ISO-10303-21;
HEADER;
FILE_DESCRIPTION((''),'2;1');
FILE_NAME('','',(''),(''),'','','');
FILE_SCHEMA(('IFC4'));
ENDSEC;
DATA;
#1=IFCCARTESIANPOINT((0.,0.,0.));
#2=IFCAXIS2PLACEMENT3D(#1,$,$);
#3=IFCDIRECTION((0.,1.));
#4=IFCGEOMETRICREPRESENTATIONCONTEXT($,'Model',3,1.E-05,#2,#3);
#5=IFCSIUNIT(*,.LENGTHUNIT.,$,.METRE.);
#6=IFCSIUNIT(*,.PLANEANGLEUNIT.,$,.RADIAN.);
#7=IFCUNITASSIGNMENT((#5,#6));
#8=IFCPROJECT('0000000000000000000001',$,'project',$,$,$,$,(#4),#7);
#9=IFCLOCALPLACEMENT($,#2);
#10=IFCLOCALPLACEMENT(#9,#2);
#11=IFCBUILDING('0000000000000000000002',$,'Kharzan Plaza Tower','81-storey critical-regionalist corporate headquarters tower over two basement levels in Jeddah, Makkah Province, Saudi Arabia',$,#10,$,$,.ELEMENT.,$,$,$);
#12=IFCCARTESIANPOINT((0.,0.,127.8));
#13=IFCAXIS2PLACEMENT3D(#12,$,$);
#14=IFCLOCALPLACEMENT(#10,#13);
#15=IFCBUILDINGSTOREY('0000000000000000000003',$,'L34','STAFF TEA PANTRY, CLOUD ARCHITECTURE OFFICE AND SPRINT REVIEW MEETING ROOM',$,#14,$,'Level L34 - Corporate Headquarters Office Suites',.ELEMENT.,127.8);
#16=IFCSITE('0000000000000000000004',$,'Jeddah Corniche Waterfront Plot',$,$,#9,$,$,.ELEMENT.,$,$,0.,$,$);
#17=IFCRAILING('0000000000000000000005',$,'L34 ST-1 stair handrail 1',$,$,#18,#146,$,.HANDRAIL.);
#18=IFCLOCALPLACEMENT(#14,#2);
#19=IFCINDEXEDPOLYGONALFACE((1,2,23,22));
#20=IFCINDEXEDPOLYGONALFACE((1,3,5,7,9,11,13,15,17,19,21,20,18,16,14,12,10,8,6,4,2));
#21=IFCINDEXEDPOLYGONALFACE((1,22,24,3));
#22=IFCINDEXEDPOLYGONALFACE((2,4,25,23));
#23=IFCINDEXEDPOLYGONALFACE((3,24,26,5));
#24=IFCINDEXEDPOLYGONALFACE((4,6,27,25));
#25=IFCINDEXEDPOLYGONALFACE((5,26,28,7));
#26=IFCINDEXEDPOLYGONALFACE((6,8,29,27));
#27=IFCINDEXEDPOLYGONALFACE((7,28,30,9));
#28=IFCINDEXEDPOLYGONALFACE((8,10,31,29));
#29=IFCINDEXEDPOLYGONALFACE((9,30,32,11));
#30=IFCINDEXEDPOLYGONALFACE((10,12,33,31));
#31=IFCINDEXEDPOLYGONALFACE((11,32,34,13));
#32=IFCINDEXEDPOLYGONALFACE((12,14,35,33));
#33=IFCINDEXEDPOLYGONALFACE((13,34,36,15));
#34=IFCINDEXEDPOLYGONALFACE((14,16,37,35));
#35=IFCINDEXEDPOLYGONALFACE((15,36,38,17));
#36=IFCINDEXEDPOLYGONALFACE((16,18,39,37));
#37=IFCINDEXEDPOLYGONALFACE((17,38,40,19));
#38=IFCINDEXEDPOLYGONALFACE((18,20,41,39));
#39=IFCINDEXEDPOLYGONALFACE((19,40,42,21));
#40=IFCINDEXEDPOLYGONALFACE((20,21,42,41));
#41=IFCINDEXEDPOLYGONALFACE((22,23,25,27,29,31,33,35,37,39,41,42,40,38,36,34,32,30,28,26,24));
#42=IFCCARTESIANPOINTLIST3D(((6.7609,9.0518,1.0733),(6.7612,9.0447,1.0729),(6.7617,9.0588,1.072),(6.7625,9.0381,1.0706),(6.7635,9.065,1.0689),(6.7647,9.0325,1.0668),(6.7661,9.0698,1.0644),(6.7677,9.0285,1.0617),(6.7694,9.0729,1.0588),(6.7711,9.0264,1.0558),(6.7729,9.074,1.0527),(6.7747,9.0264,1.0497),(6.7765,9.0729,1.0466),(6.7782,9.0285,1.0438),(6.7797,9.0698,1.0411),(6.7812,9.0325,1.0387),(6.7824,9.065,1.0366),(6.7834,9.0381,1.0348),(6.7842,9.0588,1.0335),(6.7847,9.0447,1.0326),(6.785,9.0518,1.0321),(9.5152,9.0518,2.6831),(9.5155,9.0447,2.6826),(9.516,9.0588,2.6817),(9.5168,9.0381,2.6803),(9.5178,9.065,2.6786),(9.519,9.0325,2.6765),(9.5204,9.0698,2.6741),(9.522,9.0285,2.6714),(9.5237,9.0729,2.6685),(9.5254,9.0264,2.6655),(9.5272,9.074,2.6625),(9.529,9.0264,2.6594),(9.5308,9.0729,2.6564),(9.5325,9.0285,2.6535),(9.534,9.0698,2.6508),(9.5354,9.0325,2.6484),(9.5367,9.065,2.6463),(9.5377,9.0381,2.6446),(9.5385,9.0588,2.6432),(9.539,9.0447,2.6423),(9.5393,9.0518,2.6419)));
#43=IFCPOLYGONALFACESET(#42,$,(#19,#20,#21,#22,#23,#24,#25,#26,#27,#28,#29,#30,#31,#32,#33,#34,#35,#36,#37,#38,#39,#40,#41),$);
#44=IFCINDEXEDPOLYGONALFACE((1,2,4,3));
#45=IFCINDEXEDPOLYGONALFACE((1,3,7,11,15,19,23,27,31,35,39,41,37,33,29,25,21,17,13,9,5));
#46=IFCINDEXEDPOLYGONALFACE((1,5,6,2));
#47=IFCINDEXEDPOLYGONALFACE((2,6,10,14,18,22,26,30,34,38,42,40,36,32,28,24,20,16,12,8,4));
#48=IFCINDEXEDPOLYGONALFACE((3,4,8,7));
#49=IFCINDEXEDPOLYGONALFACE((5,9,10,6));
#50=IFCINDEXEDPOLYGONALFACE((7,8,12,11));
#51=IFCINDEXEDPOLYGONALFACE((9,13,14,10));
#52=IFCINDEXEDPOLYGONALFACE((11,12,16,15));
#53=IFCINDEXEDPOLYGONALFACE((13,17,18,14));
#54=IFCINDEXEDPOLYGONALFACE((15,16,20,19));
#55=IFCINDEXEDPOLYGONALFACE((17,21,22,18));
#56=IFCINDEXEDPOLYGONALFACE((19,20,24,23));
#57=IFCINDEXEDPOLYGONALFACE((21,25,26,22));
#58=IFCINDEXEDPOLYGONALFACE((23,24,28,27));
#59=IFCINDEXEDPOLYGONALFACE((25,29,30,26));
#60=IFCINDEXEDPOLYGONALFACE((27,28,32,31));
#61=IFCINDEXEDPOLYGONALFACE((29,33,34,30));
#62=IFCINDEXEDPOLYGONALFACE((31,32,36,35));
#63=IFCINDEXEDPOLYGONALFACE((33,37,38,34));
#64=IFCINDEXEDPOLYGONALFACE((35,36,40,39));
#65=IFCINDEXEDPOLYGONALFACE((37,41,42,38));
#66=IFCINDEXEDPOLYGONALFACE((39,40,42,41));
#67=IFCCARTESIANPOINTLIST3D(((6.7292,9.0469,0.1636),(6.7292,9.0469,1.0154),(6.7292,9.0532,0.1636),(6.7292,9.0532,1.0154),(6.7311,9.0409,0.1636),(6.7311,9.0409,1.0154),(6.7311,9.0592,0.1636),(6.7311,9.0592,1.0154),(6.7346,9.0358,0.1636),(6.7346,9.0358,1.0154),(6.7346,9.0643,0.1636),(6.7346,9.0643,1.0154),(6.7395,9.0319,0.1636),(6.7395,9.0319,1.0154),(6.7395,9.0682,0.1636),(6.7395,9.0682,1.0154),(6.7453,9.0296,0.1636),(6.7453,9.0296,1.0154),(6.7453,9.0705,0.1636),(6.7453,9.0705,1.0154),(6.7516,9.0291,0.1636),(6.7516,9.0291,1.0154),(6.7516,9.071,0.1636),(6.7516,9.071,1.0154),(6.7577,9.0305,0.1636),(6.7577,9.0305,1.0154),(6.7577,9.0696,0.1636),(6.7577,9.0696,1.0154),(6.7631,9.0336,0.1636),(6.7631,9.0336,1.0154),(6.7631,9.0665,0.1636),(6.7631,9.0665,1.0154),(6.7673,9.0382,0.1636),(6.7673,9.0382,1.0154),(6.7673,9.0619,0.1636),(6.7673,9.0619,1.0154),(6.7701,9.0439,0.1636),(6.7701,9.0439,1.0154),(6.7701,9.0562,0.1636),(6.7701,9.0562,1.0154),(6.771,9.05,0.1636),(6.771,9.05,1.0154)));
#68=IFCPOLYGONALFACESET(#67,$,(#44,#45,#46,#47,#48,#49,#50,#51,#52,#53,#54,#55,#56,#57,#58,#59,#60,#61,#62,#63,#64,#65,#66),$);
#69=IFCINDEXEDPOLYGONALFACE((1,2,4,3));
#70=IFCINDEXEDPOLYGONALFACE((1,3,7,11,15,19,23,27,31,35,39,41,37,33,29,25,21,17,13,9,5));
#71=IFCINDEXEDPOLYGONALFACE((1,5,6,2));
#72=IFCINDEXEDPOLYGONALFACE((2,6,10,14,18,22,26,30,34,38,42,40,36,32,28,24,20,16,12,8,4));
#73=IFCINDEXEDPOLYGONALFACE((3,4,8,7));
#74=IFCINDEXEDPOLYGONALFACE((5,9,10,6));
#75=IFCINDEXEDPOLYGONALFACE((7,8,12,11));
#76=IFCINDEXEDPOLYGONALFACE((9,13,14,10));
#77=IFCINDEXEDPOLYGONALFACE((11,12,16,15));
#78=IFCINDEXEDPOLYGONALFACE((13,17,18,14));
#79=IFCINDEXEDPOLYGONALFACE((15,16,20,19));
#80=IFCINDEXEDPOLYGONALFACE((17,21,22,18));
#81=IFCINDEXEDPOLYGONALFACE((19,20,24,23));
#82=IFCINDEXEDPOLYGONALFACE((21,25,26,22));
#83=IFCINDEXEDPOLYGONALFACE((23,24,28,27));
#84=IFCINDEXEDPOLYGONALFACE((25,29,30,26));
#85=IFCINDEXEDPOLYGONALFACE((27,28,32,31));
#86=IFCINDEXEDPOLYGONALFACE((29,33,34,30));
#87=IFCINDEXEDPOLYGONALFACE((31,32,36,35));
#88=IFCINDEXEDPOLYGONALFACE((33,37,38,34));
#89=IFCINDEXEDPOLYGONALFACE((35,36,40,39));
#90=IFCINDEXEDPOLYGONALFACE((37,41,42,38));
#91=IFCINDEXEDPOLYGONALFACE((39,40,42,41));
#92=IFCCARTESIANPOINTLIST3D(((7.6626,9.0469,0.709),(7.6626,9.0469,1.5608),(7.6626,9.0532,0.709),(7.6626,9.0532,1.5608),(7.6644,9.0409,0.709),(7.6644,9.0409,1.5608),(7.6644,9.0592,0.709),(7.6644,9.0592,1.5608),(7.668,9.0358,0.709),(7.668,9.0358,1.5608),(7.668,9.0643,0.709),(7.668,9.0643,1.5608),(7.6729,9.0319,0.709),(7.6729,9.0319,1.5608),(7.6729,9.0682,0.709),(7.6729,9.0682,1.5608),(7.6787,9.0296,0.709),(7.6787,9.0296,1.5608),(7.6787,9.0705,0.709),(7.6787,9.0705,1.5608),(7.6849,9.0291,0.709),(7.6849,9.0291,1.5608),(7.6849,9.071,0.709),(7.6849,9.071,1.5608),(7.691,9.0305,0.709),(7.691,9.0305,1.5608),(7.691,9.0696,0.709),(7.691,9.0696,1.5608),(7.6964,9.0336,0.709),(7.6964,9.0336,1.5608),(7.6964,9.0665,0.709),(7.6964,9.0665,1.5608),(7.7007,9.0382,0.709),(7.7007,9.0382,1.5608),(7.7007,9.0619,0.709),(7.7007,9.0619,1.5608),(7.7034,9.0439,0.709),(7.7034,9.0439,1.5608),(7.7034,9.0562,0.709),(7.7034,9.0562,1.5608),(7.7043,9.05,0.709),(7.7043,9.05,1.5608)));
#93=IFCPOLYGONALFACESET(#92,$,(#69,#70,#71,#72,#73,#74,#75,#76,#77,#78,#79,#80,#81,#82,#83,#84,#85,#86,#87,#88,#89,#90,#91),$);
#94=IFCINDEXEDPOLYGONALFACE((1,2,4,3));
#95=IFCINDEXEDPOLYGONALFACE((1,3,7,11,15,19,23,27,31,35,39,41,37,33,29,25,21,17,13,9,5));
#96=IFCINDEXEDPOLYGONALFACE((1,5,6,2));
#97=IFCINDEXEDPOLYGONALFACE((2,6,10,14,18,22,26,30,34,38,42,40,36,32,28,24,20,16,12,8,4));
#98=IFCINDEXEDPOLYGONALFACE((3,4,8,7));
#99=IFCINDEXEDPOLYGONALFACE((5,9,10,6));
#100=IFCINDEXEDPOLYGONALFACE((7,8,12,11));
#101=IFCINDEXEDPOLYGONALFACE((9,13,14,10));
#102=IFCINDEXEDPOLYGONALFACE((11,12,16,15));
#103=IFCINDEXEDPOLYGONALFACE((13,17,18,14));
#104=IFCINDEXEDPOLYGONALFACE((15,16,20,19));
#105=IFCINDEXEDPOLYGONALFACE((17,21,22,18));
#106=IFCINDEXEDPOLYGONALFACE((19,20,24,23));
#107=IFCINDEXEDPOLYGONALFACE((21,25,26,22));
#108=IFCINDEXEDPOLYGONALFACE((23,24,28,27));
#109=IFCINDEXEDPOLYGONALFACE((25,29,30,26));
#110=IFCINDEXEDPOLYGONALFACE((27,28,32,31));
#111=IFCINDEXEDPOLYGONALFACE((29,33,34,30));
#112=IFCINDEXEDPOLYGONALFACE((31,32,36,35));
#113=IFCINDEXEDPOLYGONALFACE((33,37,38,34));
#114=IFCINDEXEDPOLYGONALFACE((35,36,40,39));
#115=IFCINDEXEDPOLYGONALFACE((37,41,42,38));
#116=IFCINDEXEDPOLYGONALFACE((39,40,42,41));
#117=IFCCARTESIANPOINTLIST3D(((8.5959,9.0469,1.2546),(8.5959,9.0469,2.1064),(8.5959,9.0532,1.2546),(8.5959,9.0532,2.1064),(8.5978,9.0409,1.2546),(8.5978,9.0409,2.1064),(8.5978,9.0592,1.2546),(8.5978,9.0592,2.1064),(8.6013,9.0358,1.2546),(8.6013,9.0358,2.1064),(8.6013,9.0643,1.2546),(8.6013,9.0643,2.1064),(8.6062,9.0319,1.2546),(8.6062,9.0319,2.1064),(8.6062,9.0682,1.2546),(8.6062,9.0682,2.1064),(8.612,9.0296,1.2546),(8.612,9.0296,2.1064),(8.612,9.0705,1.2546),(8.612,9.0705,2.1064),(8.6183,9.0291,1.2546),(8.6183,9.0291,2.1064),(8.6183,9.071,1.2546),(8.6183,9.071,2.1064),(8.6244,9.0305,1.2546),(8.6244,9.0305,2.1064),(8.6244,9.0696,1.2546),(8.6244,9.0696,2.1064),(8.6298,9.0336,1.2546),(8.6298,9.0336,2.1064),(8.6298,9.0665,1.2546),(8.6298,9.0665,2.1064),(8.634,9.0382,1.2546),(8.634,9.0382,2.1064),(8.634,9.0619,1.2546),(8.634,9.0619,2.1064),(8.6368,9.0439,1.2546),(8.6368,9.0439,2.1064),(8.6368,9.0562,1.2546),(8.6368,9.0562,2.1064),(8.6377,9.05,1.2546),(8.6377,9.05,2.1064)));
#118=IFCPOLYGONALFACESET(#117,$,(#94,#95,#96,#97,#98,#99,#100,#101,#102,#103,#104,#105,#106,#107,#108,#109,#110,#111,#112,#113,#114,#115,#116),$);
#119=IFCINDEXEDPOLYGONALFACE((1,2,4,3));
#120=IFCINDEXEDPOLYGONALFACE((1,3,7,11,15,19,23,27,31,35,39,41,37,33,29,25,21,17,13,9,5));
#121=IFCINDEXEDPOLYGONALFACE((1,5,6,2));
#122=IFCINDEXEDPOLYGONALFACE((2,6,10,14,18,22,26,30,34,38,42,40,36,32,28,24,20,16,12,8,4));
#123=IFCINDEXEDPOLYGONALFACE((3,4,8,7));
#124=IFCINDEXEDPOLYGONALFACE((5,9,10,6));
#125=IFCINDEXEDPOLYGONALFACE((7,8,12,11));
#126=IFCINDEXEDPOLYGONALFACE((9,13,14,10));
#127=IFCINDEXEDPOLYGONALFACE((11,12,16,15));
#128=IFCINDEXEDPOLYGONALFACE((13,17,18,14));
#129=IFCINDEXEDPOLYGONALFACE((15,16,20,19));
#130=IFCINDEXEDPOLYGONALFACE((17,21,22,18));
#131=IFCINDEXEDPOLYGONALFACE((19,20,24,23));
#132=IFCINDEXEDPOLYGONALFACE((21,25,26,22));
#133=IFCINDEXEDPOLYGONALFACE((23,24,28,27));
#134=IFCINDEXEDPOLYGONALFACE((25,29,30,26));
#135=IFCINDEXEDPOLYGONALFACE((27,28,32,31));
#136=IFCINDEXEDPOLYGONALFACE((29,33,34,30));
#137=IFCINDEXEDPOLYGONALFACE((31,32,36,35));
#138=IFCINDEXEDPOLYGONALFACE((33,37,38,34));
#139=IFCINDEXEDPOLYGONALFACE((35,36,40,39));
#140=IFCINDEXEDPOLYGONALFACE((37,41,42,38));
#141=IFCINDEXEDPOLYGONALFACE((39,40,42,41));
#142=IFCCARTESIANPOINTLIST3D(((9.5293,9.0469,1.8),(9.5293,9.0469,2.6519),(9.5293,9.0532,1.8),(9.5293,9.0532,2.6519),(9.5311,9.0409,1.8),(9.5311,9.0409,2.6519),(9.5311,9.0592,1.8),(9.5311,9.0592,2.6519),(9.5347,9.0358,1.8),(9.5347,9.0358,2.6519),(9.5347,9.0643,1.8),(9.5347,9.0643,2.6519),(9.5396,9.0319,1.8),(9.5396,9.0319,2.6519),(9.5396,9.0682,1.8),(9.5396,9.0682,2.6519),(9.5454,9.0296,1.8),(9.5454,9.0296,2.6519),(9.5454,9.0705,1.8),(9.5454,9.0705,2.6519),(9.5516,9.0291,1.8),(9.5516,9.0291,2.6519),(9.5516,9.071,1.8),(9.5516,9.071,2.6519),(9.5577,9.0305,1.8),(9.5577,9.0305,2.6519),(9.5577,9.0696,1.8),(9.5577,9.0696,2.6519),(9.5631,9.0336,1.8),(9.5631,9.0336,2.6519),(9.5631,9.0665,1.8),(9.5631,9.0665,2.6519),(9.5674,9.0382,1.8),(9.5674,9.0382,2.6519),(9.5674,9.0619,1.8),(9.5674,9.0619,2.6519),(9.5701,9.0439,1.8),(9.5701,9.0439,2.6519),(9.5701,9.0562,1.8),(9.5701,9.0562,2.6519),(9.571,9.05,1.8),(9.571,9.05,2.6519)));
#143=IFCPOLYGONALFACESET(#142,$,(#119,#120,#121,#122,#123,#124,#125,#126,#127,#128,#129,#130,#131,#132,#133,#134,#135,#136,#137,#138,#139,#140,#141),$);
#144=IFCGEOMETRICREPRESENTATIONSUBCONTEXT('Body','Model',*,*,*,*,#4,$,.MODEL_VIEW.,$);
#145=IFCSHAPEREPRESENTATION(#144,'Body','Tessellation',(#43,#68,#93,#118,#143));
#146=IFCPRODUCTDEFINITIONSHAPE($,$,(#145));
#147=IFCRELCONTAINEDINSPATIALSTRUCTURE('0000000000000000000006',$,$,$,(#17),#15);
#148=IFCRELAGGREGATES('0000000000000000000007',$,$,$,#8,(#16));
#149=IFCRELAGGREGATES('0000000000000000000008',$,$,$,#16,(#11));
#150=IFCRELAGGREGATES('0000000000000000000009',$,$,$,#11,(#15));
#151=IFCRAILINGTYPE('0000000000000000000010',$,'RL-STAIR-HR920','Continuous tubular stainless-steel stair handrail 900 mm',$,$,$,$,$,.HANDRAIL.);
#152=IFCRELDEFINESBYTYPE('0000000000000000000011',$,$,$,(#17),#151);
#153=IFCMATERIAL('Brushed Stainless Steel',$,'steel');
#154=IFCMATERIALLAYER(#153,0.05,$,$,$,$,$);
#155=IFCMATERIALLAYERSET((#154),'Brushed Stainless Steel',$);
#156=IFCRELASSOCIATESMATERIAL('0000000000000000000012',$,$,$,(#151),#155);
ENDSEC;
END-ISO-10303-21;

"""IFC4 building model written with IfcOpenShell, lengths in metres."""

from ifc_helpers import new_model, si_unit, direction, frame, origin, origin_2d, place, context, subcontext, project, spatial, circle, extrude, source, transform, mapped, material, layer, layer_set, type_object, element, save


model = new_model("IFC4")

# Units and contexts
model_context = context("Model", 3, precision=1e-05, world=origin(), true_north=direction((0.0, 1.0)))
body_context = subcontext(model_context, "Body", "Model", "MODEL_VIEW")
ifc_project = project(units=[si_unit("LENGTHUNIT", "METRE"), si_unit("PLANEANGLEUNIT", "RADIAN")], contexts=[model_context])

# Site, building, storey
site_placement = place(None, origin())
site = spatial("IfcSite", under=ifc_project, at=site_placement, Name="Jeddah Corniche Waterfront Plot", CompositionType="ELEMENT", RefElevation=0.0)
building_placement = place(site_placement, origin())
building = spatial("IfcBuilding", under=site, at=building_placement, Name="Kharzan Plaza Tower", Description="81-storey critical-regionalist corporate headquarters tower over two basement levels in Jeddah, Makkah Province, Saudi Arabia", CompositionType="ELEMENT")
storey_placement = place(building_placement, frame((0.0, 0.0, 127.8)))
storey = spatial("IfcBuildingStorey", under=building, at=storey_placement, Name="L34", Description="STAFF TEA PANTRY, CLOUD ARCHITECTURE OFFICE AND SPRINT REVIEW MEETING ROOM", LongName="Level L34 - Corporate Headquarters Office Suites", CompositionType="ELEMENT", Elevation=127.8)

# Railing
ifc_material_1 = material(Name="Brushed Stainless Steel", Category="steel")
ifc_layer_1 = layer(ifc_material_1, 0.05)
ifc_layer_set_1 = layer_set([ifc_layer_1], Name="Brushed Stainless Steel")
railing_type_1 = type_object("IfcRailingType", Name="RL-STAIR-HR920", Description="Continuous tubular stainless-steel stair handrail 900 mm", PredefinedType="HANDRAIL", material=ifc_layer_set_1)
shared_shape_1 = source(origin(), body_context, "Body", "SweptSolid", [
    extrude(circle(Radius=0.0239, at=origin_2d()), frame((0.0229, 0.0, 0.8892), z_axis=(0.863361, 0.0, 0.504587), x_axis=(0.0, 1.0, 0.0)), (0.0, 0.0, 1.0), 3.1902),
    extrude(circle(Radius=0.021, at=origin_2d()), origin(), (0.0, 0.0, 1.0), 0.8518),
    extrude(circle(Radius=0.021, at=origin_2d()), frame((0.9333, 0.0, 0.5454)), (0.0, 0.0, 1.0), 0.8518),
    extrude(circle(Radius=0.021, at=origin_2d()), frame((1.8667, 0.0, 1.0911)), (0.0, 0.0, 1.0), 0.8518),
    extrude(circle(Radius=0.021, at=origin_2d()), frame((2.8, 0.0, 1.6365)), (0.0, 0.0, 1.0), 0.8518),
])
railing_1_placement = place(storey_placement, frame((6.75, 9.05, 0.1636)))
element("IfcRailing", 1, at=railing_1_placement, inside=storey, type_object=railing_type_1, Name="L34 ST-1 stair handrail 1", PredefinedType="HANDRAIL", context=body_context, shape_type="MappedRepresentation", body=[
    mapped(shared_shape_1, transform((0.0, 0.0, 0.0), x_axis=(1.0, 0.0, 0.0), y_axis=(0.0, 1.0, 0.0), z_axis=(0.0, 0.0, 1.0))),
])

save(model, "model.ifc")
